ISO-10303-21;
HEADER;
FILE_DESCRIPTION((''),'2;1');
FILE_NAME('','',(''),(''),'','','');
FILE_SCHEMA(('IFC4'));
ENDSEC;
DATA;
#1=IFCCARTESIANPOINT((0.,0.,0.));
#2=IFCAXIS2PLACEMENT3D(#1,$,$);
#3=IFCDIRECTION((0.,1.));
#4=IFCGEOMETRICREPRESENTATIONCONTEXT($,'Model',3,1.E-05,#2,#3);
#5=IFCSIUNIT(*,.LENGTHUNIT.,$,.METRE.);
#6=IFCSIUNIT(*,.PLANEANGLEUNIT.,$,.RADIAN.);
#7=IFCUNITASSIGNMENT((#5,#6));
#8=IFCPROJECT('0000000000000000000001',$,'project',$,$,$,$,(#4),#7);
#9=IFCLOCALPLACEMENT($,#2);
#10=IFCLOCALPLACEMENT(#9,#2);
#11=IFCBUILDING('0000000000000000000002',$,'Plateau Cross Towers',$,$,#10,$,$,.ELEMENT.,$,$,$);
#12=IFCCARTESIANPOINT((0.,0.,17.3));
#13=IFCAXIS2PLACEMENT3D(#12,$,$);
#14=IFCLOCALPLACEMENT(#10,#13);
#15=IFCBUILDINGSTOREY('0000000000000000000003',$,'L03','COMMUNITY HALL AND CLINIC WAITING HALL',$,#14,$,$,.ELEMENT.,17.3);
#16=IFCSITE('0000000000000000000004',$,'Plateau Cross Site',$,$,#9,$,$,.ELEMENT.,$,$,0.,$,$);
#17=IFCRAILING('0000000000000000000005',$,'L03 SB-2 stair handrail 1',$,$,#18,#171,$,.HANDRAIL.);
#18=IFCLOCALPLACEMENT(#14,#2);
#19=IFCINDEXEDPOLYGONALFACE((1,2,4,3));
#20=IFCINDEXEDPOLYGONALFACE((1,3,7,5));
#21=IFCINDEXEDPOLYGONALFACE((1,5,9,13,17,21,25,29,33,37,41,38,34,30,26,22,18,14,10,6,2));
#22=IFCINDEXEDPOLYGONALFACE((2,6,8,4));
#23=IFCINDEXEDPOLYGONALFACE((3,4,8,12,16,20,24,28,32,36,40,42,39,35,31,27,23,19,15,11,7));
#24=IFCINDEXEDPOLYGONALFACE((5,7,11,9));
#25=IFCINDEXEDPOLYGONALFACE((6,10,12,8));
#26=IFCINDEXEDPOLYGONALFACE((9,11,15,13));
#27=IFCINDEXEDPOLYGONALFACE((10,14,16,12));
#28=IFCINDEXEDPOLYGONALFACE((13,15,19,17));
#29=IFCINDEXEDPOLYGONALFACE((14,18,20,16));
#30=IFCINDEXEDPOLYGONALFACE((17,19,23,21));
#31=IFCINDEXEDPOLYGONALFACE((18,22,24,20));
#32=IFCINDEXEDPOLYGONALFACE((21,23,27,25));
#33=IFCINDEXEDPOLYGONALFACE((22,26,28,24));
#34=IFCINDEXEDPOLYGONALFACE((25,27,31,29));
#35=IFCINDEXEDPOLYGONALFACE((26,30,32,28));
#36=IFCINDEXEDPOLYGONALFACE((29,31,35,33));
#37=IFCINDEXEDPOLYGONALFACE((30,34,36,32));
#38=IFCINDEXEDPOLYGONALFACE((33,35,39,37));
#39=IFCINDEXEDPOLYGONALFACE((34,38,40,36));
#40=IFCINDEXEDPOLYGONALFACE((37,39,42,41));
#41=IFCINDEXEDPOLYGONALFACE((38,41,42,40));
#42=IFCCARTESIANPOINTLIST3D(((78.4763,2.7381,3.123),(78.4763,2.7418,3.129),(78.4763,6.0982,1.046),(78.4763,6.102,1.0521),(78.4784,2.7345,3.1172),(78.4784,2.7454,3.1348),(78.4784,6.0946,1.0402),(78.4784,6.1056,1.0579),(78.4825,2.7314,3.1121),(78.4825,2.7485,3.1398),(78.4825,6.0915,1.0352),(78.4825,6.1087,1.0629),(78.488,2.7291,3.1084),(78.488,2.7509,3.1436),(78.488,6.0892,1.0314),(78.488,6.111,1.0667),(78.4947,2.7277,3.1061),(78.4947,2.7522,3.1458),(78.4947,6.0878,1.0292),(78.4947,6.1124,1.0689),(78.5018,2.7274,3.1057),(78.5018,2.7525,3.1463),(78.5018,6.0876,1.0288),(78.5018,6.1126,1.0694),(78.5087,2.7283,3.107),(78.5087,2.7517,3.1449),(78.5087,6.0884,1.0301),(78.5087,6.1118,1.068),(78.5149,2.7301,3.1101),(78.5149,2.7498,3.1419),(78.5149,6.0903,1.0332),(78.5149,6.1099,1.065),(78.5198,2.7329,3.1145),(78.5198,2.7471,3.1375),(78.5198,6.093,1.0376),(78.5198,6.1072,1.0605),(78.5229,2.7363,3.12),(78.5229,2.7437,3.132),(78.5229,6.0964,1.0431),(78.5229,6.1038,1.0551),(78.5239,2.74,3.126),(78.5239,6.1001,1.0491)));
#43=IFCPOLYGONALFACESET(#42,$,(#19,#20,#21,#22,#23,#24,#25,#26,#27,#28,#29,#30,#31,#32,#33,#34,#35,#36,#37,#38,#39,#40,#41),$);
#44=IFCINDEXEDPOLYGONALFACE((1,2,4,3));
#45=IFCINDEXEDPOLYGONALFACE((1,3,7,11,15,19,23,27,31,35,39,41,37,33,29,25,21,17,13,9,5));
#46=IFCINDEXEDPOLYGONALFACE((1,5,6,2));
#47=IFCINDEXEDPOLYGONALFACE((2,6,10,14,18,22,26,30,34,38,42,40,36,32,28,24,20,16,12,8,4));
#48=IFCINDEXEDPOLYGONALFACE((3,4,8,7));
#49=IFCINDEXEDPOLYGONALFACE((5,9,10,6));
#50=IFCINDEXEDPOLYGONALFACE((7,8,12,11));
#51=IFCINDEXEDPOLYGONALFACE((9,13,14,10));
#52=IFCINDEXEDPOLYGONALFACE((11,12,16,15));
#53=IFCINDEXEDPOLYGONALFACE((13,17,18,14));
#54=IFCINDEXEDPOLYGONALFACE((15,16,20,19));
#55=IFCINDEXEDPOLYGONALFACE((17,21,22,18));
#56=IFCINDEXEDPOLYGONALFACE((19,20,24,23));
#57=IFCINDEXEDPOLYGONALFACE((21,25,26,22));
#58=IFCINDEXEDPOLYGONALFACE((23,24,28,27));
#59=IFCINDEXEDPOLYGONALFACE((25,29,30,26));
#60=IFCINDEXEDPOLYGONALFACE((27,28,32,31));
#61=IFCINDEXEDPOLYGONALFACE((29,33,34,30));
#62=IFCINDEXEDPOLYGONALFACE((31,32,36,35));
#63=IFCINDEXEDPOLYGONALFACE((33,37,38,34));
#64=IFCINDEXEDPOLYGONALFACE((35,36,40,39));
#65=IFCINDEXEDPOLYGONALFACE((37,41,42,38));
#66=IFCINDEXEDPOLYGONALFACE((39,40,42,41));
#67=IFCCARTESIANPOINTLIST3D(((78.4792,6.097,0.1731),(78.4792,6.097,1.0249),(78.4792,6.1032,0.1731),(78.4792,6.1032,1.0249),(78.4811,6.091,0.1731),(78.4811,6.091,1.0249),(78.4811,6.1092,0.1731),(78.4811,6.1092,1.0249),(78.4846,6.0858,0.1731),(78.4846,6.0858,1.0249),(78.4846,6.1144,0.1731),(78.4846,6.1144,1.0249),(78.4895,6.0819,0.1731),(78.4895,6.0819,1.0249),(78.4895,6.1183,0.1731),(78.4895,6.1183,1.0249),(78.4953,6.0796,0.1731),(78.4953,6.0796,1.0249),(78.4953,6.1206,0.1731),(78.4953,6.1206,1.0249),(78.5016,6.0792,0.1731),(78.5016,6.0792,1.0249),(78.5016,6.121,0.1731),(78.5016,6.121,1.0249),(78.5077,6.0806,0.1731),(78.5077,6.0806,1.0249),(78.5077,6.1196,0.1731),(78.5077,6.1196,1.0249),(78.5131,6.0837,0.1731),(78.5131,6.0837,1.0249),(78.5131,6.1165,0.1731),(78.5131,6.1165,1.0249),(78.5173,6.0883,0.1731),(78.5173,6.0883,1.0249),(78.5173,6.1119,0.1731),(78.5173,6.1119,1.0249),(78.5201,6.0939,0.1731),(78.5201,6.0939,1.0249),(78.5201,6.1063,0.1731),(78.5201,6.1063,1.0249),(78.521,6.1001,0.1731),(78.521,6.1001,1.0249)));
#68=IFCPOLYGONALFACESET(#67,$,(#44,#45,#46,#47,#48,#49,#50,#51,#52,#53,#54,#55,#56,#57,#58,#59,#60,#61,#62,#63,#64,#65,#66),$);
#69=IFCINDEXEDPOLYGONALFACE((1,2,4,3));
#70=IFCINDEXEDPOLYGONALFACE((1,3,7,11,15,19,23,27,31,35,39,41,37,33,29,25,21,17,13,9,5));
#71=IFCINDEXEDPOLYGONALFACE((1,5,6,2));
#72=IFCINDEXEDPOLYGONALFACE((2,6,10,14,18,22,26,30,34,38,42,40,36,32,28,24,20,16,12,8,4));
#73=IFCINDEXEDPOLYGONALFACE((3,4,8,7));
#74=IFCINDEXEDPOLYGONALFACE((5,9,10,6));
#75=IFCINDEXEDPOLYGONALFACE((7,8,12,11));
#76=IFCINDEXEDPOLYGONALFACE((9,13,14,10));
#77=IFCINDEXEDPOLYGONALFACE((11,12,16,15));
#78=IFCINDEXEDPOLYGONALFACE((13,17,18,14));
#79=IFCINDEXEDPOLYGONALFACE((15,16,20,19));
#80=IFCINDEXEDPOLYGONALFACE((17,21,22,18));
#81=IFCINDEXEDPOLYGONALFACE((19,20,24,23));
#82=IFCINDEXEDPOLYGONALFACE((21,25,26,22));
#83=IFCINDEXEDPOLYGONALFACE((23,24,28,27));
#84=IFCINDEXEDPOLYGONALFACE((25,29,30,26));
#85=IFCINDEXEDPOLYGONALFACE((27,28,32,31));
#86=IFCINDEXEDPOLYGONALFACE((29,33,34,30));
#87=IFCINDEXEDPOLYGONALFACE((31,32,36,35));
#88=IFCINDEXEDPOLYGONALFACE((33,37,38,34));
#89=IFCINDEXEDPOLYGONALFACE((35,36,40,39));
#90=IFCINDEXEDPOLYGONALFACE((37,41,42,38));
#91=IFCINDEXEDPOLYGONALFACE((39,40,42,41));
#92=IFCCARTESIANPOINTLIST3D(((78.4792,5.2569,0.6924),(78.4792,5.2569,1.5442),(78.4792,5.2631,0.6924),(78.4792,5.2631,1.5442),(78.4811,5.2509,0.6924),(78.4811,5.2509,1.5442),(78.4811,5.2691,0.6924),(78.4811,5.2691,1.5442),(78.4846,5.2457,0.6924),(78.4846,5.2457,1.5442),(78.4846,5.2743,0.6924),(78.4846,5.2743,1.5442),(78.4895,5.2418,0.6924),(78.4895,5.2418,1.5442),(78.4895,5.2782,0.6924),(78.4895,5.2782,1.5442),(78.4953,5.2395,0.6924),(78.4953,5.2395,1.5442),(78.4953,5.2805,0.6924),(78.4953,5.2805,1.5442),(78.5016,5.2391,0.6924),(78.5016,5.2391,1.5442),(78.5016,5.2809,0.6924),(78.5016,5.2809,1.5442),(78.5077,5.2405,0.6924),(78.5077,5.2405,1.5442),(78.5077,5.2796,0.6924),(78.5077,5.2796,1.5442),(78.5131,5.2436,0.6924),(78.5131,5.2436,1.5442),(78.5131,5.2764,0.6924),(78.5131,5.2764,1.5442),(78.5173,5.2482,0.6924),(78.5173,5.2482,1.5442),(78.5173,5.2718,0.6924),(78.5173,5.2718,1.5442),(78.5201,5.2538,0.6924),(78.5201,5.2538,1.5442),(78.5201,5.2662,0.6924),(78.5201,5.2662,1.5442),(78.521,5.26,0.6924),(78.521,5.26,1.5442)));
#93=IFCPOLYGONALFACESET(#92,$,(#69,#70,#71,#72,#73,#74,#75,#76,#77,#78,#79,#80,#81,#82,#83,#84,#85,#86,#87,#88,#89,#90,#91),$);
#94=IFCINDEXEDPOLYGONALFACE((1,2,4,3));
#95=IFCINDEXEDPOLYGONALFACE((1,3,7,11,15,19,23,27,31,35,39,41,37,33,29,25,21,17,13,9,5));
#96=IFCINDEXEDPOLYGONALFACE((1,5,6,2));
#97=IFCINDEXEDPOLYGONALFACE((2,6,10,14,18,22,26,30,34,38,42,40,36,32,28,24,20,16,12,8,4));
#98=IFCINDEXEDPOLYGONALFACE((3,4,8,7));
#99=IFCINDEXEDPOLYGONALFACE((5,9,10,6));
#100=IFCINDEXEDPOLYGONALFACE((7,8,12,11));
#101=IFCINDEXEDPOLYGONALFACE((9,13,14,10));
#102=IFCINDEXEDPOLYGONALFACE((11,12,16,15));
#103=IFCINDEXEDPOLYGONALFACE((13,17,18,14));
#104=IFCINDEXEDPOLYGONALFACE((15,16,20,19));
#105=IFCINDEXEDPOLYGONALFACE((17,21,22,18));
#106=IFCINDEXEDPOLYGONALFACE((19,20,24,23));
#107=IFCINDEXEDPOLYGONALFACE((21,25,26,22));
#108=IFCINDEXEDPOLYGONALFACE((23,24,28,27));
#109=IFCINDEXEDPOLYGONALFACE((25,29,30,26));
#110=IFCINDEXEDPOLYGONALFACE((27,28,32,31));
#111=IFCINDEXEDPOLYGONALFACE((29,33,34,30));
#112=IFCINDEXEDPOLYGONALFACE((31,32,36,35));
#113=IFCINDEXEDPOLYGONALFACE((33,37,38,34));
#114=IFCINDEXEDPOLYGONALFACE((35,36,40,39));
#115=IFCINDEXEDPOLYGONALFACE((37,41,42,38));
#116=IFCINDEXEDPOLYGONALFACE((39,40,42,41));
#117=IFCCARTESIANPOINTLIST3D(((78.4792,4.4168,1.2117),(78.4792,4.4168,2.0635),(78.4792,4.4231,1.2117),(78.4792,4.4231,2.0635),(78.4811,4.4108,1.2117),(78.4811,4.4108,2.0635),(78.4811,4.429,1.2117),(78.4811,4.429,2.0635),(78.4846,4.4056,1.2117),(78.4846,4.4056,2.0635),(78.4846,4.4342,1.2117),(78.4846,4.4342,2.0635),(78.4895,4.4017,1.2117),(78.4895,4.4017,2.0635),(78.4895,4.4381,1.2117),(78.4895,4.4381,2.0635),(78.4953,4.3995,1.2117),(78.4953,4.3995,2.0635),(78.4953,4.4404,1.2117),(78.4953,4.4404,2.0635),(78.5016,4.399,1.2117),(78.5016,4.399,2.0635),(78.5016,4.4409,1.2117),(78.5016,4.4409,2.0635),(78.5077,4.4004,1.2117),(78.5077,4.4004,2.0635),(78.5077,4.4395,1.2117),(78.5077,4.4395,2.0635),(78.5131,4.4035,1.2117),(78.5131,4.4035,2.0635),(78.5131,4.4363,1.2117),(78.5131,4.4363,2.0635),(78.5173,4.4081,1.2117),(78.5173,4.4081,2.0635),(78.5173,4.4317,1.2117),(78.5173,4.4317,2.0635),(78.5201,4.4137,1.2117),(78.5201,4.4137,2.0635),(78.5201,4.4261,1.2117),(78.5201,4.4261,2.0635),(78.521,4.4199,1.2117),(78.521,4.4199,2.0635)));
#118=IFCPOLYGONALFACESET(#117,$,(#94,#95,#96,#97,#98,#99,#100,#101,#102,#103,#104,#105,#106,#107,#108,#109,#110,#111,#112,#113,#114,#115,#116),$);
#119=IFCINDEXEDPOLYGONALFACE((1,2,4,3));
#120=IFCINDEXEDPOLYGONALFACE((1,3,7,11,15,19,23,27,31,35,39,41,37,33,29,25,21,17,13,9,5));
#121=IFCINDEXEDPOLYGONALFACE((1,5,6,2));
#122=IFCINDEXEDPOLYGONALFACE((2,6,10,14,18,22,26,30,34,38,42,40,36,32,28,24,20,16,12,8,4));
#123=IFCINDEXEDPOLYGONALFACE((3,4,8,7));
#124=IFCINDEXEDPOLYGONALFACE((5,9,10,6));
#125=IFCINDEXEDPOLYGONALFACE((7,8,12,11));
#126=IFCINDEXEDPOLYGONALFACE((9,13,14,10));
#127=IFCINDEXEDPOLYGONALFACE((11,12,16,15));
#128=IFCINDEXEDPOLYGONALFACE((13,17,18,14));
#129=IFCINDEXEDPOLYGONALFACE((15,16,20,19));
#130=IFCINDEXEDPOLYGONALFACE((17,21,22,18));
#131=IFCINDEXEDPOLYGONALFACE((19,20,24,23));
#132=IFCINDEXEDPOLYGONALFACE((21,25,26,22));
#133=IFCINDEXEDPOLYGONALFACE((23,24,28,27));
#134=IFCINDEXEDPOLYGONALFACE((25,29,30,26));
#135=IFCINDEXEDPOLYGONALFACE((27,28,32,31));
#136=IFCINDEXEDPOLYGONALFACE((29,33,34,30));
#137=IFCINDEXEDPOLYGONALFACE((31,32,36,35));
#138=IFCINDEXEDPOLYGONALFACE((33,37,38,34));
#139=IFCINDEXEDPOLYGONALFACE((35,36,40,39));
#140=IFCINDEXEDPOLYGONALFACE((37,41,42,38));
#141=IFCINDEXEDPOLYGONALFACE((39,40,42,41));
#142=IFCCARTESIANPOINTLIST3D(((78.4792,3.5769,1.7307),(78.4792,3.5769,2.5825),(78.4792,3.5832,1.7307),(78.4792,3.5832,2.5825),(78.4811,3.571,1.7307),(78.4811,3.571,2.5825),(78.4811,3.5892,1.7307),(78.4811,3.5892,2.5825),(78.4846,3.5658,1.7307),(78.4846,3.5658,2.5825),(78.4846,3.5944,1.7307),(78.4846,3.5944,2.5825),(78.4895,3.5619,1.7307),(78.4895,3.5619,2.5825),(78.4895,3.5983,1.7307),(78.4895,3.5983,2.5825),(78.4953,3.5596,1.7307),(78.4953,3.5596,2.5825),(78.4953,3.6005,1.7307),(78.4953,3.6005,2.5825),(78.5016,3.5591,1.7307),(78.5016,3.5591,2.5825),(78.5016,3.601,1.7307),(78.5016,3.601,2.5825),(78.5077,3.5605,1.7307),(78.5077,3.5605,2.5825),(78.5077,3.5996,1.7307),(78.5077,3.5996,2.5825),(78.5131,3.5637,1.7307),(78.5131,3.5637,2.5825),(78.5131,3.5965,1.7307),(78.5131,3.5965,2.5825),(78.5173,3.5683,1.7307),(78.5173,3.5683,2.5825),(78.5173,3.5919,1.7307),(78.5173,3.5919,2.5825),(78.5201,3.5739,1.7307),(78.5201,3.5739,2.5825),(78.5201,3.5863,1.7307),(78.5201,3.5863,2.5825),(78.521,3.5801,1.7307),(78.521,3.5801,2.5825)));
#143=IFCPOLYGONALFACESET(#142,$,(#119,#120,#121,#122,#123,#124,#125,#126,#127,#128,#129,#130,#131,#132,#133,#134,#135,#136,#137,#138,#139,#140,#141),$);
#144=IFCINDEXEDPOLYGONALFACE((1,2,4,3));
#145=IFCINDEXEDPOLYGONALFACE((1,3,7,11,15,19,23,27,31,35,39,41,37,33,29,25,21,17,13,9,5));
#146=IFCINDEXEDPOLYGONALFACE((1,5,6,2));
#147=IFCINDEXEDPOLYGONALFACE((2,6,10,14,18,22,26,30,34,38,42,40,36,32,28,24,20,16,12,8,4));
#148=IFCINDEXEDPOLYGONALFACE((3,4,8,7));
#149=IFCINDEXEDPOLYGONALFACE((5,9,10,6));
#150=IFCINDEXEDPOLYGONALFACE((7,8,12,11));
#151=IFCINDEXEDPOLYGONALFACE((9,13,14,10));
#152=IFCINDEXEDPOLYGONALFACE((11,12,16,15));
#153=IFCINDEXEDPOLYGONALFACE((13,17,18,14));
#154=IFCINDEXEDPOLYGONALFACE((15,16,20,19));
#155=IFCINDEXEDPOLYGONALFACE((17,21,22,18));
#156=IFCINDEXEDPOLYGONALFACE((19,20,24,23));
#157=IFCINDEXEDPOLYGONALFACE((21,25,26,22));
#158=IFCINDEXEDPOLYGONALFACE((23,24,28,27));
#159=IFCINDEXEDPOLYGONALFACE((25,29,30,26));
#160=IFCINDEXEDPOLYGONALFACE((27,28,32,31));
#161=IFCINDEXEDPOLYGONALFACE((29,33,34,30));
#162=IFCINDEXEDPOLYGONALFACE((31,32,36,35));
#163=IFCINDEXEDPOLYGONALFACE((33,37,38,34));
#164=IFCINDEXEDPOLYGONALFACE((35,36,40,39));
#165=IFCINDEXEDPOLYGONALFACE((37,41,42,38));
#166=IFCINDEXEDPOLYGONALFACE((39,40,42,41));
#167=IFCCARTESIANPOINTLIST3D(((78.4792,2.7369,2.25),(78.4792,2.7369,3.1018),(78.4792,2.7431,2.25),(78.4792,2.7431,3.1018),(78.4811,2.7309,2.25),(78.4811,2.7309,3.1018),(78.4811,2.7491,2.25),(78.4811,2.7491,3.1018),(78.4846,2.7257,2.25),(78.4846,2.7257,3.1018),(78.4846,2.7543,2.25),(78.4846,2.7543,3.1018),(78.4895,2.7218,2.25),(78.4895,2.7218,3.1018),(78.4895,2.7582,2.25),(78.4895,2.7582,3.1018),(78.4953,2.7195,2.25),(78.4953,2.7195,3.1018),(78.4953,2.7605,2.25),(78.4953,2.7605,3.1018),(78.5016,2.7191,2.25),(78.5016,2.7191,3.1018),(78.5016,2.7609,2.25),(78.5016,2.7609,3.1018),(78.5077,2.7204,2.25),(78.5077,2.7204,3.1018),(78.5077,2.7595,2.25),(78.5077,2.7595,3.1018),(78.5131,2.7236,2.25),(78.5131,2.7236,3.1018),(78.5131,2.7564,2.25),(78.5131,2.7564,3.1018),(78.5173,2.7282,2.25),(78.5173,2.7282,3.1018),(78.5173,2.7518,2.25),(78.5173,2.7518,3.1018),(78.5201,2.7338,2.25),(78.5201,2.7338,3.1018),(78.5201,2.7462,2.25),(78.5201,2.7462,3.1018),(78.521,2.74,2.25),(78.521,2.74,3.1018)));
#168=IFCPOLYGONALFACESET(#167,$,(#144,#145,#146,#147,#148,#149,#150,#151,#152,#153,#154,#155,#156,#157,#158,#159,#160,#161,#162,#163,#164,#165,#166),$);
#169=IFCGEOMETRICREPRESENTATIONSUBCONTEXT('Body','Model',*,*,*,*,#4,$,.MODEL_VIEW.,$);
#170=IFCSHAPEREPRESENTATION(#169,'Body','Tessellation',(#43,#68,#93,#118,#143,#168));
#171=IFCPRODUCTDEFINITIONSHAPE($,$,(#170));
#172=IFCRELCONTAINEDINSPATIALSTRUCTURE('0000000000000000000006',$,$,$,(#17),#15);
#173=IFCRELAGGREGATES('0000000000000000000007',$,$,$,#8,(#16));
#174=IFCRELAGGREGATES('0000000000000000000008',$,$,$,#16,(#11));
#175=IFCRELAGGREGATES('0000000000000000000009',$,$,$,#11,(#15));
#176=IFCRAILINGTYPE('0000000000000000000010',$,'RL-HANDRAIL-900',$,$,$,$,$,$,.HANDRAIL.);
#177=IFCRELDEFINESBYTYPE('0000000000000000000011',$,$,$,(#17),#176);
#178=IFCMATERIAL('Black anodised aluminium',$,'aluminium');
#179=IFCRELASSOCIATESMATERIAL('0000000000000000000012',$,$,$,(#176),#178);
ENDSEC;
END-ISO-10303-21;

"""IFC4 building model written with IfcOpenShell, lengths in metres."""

from ifc_helpers import new_model, si_unit, direction, frame, origin, origin_2d, place, context, subcontext, project, spatial, circle, extrude, material, type_object, element, save


model = new_model("IFC4")

# Units and contexts
model_context = context("Model", 3, precision=1e-05, world=origin(), true_north=direction((0.0, 1.0)))
body_context = subcontext(model_context, "Body", "Model", "MODEL_VIEW")
ifc_project = project(units=[si_unit("LENGTHUNIT", "METRE"), si_unit("PLANEANGLEUNIT", "RADIAN")], contexts=[model_context])

# Site, building, storey
site_placement = place(None, origin())
site = spatial("IfcSite", under=ifc_project, at=site_placement, Name="Plateau Cross Site", CompositionType="ELEMENT", RefElevation=0.0)
building_placement = place(site_placement, origin())
building = spatial("IfcBuilding", under=site, at=building_placement, Name="Plateau Cross Towers", CompositionType="ELEMENT")
storey_placement = place(building_placement, frame((0.0, 0.0, 17.3)))
storey = spatial("IfcBuildingStorey", under=building, at=storey_placement, Name="L03", Description="COMMUNITY HALL AND CLINIC WAITING HALL", CompositionType="ELEMENT", Elevation=17.3)

# Railing
ifc_material_1 = material(Name="Black anodised aluminium", Category="aluminium")
railing_type_1 = type_object("IfcRailingType", Name="RL-HANDRAIL-900", PredefinedType="HANDRAIL", material=ifc_material_1)
railing_1_placement = place(storey_placement, frame((78.5, 6.1001, 0.1731)))
element("IfcRailing", 1, at=railing_1_placement, inside=storey, type_object=railing_type_1, Name="L03 SB-2 stair handrail 1", PredefinedType="HANDRAIL", context=body_context, shape_type="SweptSolid", body=[
    extrude(circle(Radius=0.0239, at=origin_2d()), frame((0.0, 0.0, 0.876), z_axis=(0.0, -0.850623, 0.525776), x_axis=(1.0, 0.0, 0.0)), (0.0, 0.0, 1.0), 3.9502),
    extrude(circle(Radius=0.021, at=origin_2d()), origin(), (0.0, 0.0, 1.0), 0.8518),
    extrude(circle(Radius=0.021, at=origin_2d()), frame((0.0, -0.8401, 0.5193)), (0.0, 0.0, 1.0), 0.8518),
    extrude(circle(Radius=0.021, at=origin_2d()), frame((0.0, -1.6802, 1.0386)), (0.0, 0.0, 1.0), 0.8518),
    extrude(circle(Radius=0.021, at=origin_2d()), frame((0.0, -2.52, 1.5576)), (0.0, 0.0, 1.0), 0.8518),
    extrude(circle(Radius=0.021, at=origin_2d()), frame((0.0, -3.3601, 2.0769)), (0.0, 0.0, 1.0), 0.8518),
])

save(model, "model.ifc")
